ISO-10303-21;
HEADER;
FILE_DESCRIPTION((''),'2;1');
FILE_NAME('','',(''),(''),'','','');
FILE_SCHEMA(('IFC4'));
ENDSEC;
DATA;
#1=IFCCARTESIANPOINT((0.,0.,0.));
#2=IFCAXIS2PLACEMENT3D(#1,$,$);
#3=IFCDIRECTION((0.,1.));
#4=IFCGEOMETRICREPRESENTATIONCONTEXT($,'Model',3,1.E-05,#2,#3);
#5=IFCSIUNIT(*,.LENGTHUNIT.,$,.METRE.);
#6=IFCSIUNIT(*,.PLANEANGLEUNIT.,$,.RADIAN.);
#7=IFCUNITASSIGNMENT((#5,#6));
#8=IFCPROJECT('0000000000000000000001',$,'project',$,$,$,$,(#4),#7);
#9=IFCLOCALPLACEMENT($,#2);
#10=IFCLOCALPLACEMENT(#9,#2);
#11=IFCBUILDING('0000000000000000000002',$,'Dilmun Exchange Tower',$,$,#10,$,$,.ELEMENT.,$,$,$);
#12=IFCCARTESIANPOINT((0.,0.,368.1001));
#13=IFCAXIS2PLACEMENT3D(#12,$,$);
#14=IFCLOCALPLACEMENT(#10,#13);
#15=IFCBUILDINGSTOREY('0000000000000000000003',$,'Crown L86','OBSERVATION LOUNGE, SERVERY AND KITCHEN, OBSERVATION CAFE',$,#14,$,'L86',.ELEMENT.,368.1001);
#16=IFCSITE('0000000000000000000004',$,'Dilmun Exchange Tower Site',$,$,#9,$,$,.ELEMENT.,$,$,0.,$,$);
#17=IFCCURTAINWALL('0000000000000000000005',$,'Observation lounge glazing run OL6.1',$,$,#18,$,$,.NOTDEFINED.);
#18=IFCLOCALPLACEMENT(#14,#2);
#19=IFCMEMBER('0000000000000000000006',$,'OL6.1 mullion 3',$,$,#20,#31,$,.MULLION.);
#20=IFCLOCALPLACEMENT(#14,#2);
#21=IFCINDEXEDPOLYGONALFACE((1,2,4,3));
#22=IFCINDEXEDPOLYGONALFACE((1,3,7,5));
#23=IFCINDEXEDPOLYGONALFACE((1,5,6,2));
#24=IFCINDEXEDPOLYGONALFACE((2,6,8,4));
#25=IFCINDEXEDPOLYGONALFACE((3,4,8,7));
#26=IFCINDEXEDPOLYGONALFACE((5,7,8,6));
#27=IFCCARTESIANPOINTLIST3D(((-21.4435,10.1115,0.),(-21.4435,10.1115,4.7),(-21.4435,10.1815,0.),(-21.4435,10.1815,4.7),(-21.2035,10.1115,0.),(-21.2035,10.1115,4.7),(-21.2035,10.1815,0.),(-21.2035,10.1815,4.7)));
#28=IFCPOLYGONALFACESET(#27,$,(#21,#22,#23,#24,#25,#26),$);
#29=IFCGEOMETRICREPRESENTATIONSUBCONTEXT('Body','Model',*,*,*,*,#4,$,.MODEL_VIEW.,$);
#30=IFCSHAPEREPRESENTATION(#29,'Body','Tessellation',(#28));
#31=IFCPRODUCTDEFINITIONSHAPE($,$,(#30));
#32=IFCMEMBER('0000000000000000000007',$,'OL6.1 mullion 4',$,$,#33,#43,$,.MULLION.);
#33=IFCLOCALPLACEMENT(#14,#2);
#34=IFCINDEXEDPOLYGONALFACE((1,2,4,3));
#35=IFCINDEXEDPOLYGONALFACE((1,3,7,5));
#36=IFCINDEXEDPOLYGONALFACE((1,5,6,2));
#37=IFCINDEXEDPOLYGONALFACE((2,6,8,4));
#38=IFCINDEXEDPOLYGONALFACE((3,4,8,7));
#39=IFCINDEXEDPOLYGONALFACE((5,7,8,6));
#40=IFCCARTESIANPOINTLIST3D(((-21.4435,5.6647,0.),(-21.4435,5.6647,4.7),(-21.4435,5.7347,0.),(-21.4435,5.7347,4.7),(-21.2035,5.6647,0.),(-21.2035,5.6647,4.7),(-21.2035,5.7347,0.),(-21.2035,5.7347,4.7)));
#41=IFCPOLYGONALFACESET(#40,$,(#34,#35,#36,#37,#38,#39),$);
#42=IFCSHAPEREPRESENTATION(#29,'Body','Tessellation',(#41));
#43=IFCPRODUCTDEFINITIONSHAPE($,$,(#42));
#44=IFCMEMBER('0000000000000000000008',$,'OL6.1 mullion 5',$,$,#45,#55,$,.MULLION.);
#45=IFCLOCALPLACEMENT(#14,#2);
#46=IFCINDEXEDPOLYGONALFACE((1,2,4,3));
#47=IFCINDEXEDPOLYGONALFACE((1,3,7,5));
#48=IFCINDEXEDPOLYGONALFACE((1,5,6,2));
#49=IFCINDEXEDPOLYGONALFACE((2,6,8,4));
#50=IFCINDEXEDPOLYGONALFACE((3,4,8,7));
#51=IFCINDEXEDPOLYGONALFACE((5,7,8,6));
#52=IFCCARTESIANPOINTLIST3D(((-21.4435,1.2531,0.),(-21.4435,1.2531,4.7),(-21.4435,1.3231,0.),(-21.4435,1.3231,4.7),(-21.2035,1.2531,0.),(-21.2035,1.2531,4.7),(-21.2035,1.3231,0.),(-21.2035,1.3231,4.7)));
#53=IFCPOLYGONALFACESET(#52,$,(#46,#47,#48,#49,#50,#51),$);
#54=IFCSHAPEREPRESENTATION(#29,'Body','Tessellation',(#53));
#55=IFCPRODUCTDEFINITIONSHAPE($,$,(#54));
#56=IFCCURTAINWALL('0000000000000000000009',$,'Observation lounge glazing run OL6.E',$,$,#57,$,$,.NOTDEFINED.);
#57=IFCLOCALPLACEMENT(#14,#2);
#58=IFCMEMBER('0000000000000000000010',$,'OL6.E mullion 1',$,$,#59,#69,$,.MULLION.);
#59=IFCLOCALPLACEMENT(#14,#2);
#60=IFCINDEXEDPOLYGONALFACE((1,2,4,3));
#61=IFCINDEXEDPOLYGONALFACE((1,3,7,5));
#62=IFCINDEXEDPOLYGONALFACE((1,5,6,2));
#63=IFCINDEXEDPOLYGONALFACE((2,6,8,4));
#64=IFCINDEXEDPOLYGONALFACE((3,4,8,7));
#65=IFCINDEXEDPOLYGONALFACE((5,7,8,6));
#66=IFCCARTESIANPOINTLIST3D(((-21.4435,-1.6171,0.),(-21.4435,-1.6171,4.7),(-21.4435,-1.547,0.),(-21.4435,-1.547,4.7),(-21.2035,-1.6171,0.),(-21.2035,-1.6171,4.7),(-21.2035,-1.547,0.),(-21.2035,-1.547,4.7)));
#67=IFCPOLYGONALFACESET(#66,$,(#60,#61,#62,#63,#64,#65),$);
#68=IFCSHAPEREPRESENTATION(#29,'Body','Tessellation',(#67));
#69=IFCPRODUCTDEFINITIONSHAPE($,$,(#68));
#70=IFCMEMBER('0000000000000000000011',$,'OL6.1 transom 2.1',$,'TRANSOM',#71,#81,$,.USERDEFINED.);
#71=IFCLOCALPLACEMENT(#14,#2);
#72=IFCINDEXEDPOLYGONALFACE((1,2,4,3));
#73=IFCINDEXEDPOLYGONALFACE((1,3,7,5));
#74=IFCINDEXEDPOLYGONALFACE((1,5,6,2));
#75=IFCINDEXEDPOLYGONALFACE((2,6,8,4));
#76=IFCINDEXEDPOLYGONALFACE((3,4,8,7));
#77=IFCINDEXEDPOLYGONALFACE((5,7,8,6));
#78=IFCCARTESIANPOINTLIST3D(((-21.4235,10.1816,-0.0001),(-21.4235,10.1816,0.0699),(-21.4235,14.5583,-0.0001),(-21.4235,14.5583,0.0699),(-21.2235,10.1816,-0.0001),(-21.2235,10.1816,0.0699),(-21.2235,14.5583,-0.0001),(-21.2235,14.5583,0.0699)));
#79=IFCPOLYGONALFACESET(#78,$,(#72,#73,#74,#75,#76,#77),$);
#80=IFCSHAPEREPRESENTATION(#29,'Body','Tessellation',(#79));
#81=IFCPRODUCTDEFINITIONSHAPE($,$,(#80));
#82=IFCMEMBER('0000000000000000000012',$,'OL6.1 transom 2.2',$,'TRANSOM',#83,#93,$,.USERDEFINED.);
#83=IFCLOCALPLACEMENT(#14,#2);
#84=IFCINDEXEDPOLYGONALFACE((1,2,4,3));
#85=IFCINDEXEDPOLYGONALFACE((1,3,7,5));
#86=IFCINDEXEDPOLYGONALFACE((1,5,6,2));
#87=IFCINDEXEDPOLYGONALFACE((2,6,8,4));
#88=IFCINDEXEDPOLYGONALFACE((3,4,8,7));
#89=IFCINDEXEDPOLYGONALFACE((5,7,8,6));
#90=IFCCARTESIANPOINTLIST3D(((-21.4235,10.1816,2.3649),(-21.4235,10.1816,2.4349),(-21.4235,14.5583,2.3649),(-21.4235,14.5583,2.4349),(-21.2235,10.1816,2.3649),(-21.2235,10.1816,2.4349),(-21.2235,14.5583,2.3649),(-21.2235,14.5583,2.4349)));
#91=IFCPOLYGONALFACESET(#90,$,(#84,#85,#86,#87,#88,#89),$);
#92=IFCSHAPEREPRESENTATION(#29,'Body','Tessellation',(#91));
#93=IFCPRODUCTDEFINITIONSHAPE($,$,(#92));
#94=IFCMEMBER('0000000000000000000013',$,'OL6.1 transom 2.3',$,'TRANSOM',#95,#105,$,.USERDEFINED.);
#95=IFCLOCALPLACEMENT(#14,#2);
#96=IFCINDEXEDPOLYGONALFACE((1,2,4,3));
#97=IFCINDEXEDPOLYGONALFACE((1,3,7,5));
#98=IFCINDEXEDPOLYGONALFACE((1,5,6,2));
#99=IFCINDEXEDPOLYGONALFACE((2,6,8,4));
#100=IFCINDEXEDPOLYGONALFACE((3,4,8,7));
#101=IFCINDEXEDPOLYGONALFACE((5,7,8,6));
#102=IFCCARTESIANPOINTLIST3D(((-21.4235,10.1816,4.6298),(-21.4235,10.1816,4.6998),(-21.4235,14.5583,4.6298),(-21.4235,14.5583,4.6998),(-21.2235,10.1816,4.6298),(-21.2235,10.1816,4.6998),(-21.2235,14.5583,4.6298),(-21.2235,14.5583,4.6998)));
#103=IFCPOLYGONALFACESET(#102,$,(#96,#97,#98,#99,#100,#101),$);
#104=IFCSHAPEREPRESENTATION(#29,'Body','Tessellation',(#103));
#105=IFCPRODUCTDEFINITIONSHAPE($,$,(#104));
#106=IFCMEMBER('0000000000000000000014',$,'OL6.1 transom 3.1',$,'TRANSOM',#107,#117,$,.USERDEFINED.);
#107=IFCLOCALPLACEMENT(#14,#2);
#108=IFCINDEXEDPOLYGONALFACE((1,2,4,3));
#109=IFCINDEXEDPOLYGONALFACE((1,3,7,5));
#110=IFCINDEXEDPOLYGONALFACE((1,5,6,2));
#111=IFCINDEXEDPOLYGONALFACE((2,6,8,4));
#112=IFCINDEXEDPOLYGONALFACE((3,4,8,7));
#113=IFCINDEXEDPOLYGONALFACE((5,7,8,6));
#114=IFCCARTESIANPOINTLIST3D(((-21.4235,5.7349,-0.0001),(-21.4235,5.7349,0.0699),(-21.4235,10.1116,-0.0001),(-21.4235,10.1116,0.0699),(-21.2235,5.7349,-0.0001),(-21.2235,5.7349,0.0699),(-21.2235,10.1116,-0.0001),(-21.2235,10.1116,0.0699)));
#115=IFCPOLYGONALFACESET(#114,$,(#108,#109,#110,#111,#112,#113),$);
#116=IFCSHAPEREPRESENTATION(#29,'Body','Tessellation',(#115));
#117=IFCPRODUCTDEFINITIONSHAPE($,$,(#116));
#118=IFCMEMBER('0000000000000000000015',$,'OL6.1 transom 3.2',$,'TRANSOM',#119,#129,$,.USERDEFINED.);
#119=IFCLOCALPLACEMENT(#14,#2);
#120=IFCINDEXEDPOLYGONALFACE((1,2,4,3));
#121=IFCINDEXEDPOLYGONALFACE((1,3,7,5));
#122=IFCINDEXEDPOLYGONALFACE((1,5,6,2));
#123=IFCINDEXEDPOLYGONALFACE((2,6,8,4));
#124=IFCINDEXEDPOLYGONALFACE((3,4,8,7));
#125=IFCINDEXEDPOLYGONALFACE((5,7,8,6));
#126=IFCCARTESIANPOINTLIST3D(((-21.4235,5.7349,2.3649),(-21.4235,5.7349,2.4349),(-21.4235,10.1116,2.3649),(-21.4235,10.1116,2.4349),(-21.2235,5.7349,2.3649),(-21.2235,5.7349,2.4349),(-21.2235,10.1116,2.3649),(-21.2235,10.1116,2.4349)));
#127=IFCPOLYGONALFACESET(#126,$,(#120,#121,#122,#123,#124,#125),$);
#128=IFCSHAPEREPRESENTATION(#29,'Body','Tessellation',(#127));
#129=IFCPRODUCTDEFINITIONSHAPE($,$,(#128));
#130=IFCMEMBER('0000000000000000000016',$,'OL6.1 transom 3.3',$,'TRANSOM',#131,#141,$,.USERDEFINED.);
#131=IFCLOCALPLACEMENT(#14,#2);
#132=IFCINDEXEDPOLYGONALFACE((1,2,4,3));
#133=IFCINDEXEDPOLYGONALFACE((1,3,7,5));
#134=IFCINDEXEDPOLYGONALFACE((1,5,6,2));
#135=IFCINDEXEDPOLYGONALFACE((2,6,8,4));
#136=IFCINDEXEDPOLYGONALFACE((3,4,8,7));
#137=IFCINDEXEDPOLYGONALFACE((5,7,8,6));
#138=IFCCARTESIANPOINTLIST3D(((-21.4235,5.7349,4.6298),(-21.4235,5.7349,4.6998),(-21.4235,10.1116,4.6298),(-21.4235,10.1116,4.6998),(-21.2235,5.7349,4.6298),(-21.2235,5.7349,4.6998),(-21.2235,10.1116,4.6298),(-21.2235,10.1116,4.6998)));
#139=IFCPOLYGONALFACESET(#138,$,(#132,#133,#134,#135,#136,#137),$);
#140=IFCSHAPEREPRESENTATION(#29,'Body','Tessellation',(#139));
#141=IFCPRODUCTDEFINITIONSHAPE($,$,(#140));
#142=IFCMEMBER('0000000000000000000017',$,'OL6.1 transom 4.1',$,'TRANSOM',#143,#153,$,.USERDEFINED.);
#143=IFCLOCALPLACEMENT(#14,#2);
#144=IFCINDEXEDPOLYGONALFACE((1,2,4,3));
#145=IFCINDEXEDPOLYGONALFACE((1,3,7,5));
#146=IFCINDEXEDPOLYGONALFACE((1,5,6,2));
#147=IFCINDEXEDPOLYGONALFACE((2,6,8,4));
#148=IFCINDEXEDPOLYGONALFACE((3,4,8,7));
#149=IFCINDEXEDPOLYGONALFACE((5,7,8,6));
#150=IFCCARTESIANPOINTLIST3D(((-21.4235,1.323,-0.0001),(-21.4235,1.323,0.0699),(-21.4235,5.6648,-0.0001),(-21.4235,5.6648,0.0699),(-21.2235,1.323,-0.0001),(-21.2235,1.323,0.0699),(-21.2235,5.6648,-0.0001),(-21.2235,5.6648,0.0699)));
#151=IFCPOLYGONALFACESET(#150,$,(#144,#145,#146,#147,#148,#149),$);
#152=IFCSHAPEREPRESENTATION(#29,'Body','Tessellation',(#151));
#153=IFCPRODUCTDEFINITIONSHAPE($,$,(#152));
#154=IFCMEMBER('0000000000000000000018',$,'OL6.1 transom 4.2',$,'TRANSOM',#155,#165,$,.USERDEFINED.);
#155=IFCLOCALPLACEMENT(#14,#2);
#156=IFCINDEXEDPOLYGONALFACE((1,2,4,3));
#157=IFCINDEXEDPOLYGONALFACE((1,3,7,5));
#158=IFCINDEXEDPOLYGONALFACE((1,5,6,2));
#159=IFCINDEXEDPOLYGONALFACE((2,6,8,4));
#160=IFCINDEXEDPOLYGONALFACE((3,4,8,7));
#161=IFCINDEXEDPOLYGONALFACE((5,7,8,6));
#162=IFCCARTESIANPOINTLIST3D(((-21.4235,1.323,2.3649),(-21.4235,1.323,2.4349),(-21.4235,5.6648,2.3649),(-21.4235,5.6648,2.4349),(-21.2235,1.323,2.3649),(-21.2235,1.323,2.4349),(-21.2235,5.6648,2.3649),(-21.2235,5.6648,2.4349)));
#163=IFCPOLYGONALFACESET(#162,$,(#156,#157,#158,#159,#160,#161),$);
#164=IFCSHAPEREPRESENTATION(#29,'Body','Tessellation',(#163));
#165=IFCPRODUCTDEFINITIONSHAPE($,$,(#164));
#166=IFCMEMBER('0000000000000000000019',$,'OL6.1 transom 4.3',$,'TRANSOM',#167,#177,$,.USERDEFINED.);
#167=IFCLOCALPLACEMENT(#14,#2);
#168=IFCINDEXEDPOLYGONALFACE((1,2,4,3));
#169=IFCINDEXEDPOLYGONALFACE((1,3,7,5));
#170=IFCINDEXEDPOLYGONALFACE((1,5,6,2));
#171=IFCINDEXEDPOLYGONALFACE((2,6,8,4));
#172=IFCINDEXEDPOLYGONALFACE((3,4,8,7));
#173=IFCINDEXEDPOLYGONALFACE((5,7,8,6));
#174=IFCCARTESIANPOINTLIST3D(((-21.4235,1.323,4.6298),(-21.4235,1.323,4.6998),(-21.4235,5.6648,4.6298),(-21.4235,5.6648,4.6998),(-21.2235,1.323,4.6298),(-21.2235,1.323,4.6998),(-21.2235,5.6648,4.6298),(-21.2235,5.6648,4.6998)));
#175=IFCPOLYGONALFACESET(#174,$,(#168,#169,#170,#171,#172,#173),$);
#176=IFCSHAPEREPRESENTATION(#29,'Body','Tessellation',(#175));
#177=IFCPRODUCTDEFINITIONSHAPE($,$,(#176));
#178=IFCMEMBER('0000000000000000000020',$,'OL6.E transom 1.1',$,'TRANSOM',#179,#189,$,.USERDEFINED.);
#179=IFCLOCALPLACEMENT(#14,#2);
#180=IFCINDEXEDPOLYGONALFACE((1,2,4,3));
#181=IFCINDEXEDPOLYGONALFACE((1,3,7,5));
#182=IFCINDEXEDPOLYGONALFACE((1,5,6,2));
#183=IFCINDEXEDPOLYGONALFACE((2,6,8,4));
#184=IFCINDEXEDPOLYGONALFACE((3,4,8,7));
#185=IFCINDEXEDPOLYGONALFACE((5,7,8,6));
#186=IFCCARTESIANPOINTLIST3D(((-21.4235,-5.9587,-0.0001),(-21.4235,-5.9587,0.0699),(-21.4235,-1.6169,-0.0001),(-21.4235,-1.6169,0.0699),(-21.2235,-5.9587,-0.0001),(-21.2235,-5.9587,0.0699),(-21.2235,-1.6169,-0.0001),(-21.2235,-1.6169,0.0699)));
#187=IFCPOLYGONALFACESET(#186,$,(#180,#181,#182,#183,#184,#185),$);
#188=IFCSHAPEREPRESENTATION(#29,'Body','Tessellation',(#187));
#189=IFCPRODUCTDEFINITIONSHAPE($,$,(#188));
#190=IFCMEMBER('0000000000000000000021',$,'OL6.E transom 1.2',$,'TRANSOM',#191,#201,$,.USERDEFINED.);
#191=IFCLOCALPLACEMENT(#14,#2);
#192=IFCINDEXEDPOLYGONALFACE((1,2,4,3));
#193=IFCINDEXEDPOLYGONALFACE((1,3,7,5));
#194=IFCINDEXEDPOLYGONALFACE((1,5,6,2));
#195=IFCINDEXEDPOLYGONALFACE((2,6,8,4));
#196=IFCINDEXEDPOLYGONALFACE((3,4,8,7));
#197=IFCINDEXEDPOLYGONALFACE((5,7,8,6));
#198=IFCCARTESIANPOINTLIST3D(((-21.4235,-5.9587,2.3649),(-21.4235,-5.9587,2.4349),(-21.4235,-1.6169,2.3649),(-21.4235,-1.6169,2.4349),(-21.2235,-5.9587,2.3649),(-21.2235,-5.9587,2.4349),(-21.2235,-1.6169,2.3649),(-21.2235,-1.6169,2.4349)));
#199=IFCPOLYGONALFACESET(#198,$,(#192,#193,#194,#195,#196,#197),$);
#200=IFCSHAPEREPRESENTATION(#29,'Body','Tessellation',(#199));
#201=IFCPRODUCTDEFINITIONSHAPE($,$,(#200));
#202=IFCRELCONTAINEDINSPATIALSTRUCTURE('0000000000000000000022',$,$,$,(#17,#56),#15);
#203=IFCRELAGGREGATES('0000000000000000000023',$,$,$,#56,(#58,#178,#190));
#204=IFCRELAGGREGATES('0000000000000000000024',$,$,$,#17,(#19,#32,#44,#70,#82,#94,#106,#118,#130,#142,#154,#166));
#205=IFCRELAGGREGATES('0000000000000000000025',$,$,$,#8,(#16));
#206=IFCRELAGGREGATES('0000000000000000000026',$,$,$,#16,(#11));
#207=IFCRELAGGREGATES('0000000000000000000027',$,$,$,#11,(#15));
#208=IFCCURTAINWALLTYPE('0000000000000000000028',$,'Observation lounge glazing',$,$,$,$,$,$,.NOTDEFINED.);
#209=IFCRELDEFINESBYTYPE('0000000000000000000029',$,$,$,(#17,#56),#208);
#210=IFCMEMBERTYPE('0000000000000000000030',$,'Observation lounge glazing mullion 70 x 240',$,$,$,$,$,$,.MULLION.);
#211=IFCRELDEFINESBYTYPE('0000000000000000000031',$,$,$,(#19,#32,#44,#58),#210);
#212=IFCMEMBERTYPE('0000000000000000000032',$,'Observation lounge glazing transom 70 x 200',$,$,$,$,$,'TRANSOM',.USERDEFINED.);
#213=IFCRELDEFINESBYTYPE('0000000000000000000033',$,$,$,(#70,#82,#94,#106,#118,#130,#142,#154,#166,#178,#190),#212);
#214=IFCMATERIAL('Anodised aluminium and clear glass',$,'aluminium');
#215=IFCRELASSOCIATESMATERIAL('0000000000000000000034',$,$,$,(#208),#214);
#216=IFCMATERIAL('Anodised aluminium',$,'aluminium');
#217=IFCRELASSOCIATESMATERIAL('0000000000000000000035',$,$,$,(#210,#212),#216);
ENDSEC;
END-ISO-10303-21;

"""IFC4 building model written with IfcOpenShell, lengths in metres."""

from ifc_helpers import new_model, si_unit, direction, frame, origin, origin_2d, place, context, subcontext, project, spatial, rectangle, extrude, material, material_profile, profile_set, type_object, element, aggregate, save


model = new_model("IFC4")

# Units and contexts
model_context = context("Model", 3, precision=1e-05, world=origin(), true_north=direction((0.0, 1.0)))
body_context = subcontext(model_context, "Body", "Model", "MODEL_VIEW")
ifc_project = project(units=[si_unit("LENGTHUNIT", "METRE"), si_unit("PLANEANGLEUNIT", "RADIAN")], contexts=[model_context])

# Site, building, storey
site_placement = place(None, origin())
site = spatial("IfcSite", under=ifc_project, at=site_placement, Name="Dilmun Exchange Tower Site", CompositionType="ELEMENT", RefElevation=0.0)
building_placement = place(site_placement, origin())
building = spatial("IfcBuilding", under=site, at=building_placement, Name="Dilmun Exchange Tower", CompositionType="ELEMENT")
storey_placement = place(building_placement, frame((0.0, 0.0, 368.1001)))
storey = spatial("IfcBuildingStorey", under=building, at=storey_placement, Name="Crown L86", Description="OBSERVATION LOUNGE, SERVERY AND KITCHEN, OBSERVATION CAFE", LongName="L86", CompositionType="ELEMENT", Elevation=368.1001)

# Curtain wall, members
ifc_material_1 = material(Name="Anodised aluminium and clear glass", Category="aluminium")
curtain_wall_type = type_object("IfcCurtainWallType", Name="Observation lounge glazing", PredefinedType="NOTDEFINED", material=ifc_material_1)
curtain_wall_1_placement = place(storey_placement, origin())
curtain_wall_1 = element("IfcCurtainWall", 1, at=curtain_wall_1_placement, inside=storey, type_object=curtain_wall_type, Name="Observation lounge glazing run OL6.1", PredefinedType="NOTDEFINED")
ifc_material_2 = material(Name="Anodised aluminium", Category="aluminium")
ifc_material_profile_1 = material_profile(ifc_material_2, rectangle(XDim=0.24, YDim=0.0701, at=origin_2d()), Name="AL 70x240")
ifc_profile_set_1 = profile_set([ifc_material_profile_1], Name="Anodised aluminium")
member_type_1 = type_object("IfcMemberType", Name="Observation lounge glazing mullion 70 x 240", PredefinedType="MULLION", material=ifc_profile_set_1)
member_1_placement = place(storey_placement, frame((-21.3235, 10.1465, 0.0), z_axis=(0.0, 0.0, 1.0), x_axis=(1.0, 0.0, 0.0)))
member_1 = element("IfcMember", 2, at=member_1_placement, type_object=member_type_1, Name="OL6.1 mullion 3", PredefinedType="MULLION", context=body_context, shape_type="SweptSolid", body=[
    extrude(rectangle(XDim=0.24, YDim=0.0701, at=origin_2d()), origin(), (0.0, 0.0, 1.0), 4.7),
])
member_2_placement = place(storey_placement, frame((-21.3235, 5.6997, 0.0), z_axis=(0.0, 0.0, 1.0), x_axis=(1.0, 0.0, 0.0)))
member_2 = element("IfcMember", 3, at=member_2_placement, type_object=member_type_1, Name="OL6.1 mullion 4", PredefinedType="MULLION", context=body_context, shape_type="SweptSolid", body=[
    extrude(rectangle(XDim=0.24, YDim=0.0701, at=origin_2d()), origin(), (0.0, 0.0, 1.0), 4.7),
])
member_3_placement = place(storey_placement, frame((-21.3235, 1.2881, 0.0), z_axis=(0.0, 0.0, 1.0), x_axis=(1.0, 0.0, 0.0)))
member_3 = element("IfcMember", 4, at=member_3_placement, type_object=member_type_1, Name="OL6.1 mullion 5", PredefinedType="MULLION", context=body_context, shape_type="SweptSolid", body=[
    extrude(rectangle(XDim=0.24, YDim=0.0701, at=origin_2d()), origin(), (0.0, 0.0, 1.0), 4.7),
])

# Curtain wall, member
curtain_wall_2_placement = place(storey_placement, origin())
curtain_wall_2 = element("IfcCurtainWall", 5, at=curtain_wall_2_placement, inside=storey, type_object=curtain_wall_type, Name="Observation lounge glazing run OL6.E", PredefinedType="NOTDEFINED")
member_4_placement = place(storey_placement, frame((-21.3235, -1.582, 0.0), z_axis=(0.0, 0.0, 1.0), x_axis=(1.0, 0.0, 0.0)))
member_4 = element("IfcMember", 6, at=member_4_placement, type_object=member_type_1, Name="OL6.E mullion 1", PredefinedType="MULLION", context=body_context, shape_type="SweptSolid", body=[
    extrude(rectangle(XDim=0.24, YDim=0.0701, at=origin_2d()), origin(), (0.0, 0.0, 1.0), 4.7),
])

# Members
ifc_material_profile_2 = material_profile(ifc_material_2, rectangle(XDim=0.2, YDim=0.0701, at=origin_2d()), Name="AL 70x200")
ifc_profile_set_2 = profile_set([ifc_material_profile_2], Name="Anodised aluminium")
member_type_2 = type_object("IfcMemberType", Name="Observation lounge glazing transom 70 x 200", ElementType="TRANSOM", PredefinedType="USERDEFINED", material=ifc_profile_set_2)
member_5_placement = place(storey_placement, frame((-21.3235, 14.5583, 0.0349), z_axis=(0.0, -1.0, 0.0), x_axis=(1.0, 0.0, 0.0)))
member_5 = element("IfcMember", 7, at=member_5_placement, type_object=member_type_2, Name="OL6.1 transom 2.1", ObjectType="TRANSOM", PredefinedType="USERDEFINED", context=body_context, shape_type="SweptSolid", body=[
    extrude(rectangle(XDim=0.2, YDim=0.0701, at=origin_2d()), origin(), (0.0, 0.0, 1.0), 4.3767),
])
member_6_placement = place(storey_placement, frame((-21.3235, 14.5583, 2.3999), z_axis=(0.0, -1.0, 0.0), x_axis=(1.0, 0.0, 0.0)))
member_6 = element("IfcMember", 8, at=member_6_placement, type_object=member_type_2, Name="OL6.1 transom 2.2", ObjectType="TRANSOM", PredefinedType="USERDEFINED", context=body_context, shape_type="SweptSolid", body=[
    extrude(rectangle(XDim=0.2, YDim=0.0701, at=origin_2d()), origin(), (0.0, 0.0, 1.0), 4.3767),
])
member_7_placement = place(storey_placement, frame((-21.3235, 14.5583, 4.6648), z_axis=(0.0, -1.0, 0.0), x_axis=(1.0, 0.0, 0.0)))
member_7 = element("IfcMember", 9, at=member_7_placement, type_object=member_type_2, Name="OL6.1 transom 2.3", ObjectType="TRANSOM", PredefinedType="USERDEFINED", context=body_context, shape_type="SweptSolid", body=[
    extrude(rectangle(XDim=0.2, YDim=0.0701, at=origin_2d()), origin(), (0.0, 0.0, 1.0), 4.3767),
])
member_8_placement = place(storey_placement, frame((-21.3235, 10.1116, 0.0349), z_axis=(0.0, -1.0, 0.0), x_axis=(1.0, 0.0, 0.0)))
member_8 = element("IfcMember", 10, at=member_8_placement, type_object=member_type_2, Name="OL6.1 transom 3.1", ObjectType="TRANSOM", PredefinedType="USERDEFINED", context=body_context, shape_type="SweptSolid", body=[
    extrude(rectangle(XDim=0.2, YDim=0.0701, at=origin_2d()), origin(), (0.0, 0.0, 1.0), 4.3767),
])
member_9_placement = place(storey_placement, frame((-21.3235, 10.1116, 2.3999), z_axis=(0.0, -1.0, 0.0), x_axis=(1.0, 0.0, 0.0)))
member_9 = element("IfcMember", 11, at=member_9_placement, type_object=member_type_2, Name="OL6.1 transom 3.2", ObjectType="TRANSOM", PredefinedType="USERDEFINED", context=body_context, shape_type="SweptSolid", body=[
    extrude(rectangle(XDim=0.2, YDim=0.0701, at=origin_2d()), origin(), (0.0, 0.0, 1.0), 4.3767),
])
member_10_placement = place(storey_placement, frame((-21.3235, 10.1116, 4.6648), z_axis=(0.0, -1.0, 0.0), x_axis=(1.0, 0.0, 0.0)))
member_10 = element("IfcMember", 12, at=member_10_placement, type_object=member_type_2, Name="OL6.1 transom 3.3", ObjectType="TRANSOM", PredefinedType="USERDEFINED", context=body_context, shape_type="SweptSolid", body=[
    extrude(rectangle(XDim=0.2, YDim=0.0701, at=origin_2d()), origin(), (0.0, 0.0, 1.0), 4.3767),
])
member_11_placement = place(storey_placement, frame((-21.3235, 5.6648, 0.0349), z_axis=(0.0, -1.0, 0.0), x_axis=(1.0, 0.0, 0.0)))
member_11 = element("IfcMember", 13, at=member_11_placement, type_object=member_type_2, Name="OL6.1 transom 4.1", ObjectType="TRANSOM", PredefinedType="USERDEFINED", context=body_context, shape_type="SweptSolid", body=[
    extrude(rectangle(XDim=0.2, YDim=0.0701, at=origin_2d()), origin(), (0.0, 0.0, 1.0), 4.3418),
])
member_12_placement = place(storey_placement, frame((-21.3235, 5.6648, 2.3999), z_axis=(0.0, -1.0, 0.0), x_axis=(1.0, 0.0, 0.0)))
member_12 = element("IfcMember", 14, at=member_12_placement, type_object=member_type_2, Name="OL6.1 transom 4.2", ObjectType="TRANSOM", PredefinedType="USERDEFINED", context=body_context, shape_type="SweptSolid", body=[
    extrude(rectangle(XDim=0.2, YDim=0.0701, at=origin_2d()), origin(), (0.0, 0.0, 1.0), 4.3418),
])
member_13_placement = place(storey_placement, frame((-21.3235, 5.6648, 4.6648), z_axis=(0.0, -1.0, 0.0), x_axis=(1.0, 0.0, 0.0)))
member_13 = element("IfcMember", 15, at=member_13_placement, type_object=member_type_2, Name="OL6.1 transom 4.3", ObjectType="TRANSOM", PredefinedType="USERDEFINED", context=body_context, shape_type="SweptSolid", body=[
    extrude(rectangle(XDim=0.2, YDim=0.0701, at=origin_2d()), origin(), (0.0, 0.0, 1.0), 4.3418),
])
member_14_placement = place(storey_placement, frame((-21.3235, -1.6169, 0.0349), z_axis=(0.0, -1.0, 0.0), x_axis=(1.0, 0.0, 0.0)))
member_14 = element("IfcMember", 16, at=member_14_placement, type_object=member_type_2, Name="OL6.E transom 1.1", ObjectType="TRANSOM", PredefinedType="USERDEFINED", context=body_context, shape_type="SweptSolid", body=[
    extrude(rectangle(XDim=0.2, YDim=0.0701, at=origin_2d()), origin(), (0.0, 0.0, 1.0), 4.3418),
])
member_15_placement = place(storey_placement, frame((-21.3235, -1.6169, 2.3999), z_axis=(0.0, -1.0, 0.0), x_axis=(1.0, 0.0, 0.0)))
member_15 = element("IfcMember", 17, at=member_15_placement, type_object=member_type_2, Name="OL6.E transom 1.2", ObjectType="TRANSOM", PredefinedType="USERDEFINED", context=body_context, shape_type="SweptSolid", body=[
    extrude(rectangle(XDim=0.2, YDim=0.0701, at=origin_2d()), origin(), (0.0, 0.0, 1.0), 4.3418),
])
aggregate(curtain_wall_2, [member_4, member_14, member_15])

aggregate(curtain_wall_1, [member_1, member_2, member_3, member_5, member_6, member_7, member_8, member_9, member_10, member_11, member_12, member_13])

save(model, "model.ifc")
